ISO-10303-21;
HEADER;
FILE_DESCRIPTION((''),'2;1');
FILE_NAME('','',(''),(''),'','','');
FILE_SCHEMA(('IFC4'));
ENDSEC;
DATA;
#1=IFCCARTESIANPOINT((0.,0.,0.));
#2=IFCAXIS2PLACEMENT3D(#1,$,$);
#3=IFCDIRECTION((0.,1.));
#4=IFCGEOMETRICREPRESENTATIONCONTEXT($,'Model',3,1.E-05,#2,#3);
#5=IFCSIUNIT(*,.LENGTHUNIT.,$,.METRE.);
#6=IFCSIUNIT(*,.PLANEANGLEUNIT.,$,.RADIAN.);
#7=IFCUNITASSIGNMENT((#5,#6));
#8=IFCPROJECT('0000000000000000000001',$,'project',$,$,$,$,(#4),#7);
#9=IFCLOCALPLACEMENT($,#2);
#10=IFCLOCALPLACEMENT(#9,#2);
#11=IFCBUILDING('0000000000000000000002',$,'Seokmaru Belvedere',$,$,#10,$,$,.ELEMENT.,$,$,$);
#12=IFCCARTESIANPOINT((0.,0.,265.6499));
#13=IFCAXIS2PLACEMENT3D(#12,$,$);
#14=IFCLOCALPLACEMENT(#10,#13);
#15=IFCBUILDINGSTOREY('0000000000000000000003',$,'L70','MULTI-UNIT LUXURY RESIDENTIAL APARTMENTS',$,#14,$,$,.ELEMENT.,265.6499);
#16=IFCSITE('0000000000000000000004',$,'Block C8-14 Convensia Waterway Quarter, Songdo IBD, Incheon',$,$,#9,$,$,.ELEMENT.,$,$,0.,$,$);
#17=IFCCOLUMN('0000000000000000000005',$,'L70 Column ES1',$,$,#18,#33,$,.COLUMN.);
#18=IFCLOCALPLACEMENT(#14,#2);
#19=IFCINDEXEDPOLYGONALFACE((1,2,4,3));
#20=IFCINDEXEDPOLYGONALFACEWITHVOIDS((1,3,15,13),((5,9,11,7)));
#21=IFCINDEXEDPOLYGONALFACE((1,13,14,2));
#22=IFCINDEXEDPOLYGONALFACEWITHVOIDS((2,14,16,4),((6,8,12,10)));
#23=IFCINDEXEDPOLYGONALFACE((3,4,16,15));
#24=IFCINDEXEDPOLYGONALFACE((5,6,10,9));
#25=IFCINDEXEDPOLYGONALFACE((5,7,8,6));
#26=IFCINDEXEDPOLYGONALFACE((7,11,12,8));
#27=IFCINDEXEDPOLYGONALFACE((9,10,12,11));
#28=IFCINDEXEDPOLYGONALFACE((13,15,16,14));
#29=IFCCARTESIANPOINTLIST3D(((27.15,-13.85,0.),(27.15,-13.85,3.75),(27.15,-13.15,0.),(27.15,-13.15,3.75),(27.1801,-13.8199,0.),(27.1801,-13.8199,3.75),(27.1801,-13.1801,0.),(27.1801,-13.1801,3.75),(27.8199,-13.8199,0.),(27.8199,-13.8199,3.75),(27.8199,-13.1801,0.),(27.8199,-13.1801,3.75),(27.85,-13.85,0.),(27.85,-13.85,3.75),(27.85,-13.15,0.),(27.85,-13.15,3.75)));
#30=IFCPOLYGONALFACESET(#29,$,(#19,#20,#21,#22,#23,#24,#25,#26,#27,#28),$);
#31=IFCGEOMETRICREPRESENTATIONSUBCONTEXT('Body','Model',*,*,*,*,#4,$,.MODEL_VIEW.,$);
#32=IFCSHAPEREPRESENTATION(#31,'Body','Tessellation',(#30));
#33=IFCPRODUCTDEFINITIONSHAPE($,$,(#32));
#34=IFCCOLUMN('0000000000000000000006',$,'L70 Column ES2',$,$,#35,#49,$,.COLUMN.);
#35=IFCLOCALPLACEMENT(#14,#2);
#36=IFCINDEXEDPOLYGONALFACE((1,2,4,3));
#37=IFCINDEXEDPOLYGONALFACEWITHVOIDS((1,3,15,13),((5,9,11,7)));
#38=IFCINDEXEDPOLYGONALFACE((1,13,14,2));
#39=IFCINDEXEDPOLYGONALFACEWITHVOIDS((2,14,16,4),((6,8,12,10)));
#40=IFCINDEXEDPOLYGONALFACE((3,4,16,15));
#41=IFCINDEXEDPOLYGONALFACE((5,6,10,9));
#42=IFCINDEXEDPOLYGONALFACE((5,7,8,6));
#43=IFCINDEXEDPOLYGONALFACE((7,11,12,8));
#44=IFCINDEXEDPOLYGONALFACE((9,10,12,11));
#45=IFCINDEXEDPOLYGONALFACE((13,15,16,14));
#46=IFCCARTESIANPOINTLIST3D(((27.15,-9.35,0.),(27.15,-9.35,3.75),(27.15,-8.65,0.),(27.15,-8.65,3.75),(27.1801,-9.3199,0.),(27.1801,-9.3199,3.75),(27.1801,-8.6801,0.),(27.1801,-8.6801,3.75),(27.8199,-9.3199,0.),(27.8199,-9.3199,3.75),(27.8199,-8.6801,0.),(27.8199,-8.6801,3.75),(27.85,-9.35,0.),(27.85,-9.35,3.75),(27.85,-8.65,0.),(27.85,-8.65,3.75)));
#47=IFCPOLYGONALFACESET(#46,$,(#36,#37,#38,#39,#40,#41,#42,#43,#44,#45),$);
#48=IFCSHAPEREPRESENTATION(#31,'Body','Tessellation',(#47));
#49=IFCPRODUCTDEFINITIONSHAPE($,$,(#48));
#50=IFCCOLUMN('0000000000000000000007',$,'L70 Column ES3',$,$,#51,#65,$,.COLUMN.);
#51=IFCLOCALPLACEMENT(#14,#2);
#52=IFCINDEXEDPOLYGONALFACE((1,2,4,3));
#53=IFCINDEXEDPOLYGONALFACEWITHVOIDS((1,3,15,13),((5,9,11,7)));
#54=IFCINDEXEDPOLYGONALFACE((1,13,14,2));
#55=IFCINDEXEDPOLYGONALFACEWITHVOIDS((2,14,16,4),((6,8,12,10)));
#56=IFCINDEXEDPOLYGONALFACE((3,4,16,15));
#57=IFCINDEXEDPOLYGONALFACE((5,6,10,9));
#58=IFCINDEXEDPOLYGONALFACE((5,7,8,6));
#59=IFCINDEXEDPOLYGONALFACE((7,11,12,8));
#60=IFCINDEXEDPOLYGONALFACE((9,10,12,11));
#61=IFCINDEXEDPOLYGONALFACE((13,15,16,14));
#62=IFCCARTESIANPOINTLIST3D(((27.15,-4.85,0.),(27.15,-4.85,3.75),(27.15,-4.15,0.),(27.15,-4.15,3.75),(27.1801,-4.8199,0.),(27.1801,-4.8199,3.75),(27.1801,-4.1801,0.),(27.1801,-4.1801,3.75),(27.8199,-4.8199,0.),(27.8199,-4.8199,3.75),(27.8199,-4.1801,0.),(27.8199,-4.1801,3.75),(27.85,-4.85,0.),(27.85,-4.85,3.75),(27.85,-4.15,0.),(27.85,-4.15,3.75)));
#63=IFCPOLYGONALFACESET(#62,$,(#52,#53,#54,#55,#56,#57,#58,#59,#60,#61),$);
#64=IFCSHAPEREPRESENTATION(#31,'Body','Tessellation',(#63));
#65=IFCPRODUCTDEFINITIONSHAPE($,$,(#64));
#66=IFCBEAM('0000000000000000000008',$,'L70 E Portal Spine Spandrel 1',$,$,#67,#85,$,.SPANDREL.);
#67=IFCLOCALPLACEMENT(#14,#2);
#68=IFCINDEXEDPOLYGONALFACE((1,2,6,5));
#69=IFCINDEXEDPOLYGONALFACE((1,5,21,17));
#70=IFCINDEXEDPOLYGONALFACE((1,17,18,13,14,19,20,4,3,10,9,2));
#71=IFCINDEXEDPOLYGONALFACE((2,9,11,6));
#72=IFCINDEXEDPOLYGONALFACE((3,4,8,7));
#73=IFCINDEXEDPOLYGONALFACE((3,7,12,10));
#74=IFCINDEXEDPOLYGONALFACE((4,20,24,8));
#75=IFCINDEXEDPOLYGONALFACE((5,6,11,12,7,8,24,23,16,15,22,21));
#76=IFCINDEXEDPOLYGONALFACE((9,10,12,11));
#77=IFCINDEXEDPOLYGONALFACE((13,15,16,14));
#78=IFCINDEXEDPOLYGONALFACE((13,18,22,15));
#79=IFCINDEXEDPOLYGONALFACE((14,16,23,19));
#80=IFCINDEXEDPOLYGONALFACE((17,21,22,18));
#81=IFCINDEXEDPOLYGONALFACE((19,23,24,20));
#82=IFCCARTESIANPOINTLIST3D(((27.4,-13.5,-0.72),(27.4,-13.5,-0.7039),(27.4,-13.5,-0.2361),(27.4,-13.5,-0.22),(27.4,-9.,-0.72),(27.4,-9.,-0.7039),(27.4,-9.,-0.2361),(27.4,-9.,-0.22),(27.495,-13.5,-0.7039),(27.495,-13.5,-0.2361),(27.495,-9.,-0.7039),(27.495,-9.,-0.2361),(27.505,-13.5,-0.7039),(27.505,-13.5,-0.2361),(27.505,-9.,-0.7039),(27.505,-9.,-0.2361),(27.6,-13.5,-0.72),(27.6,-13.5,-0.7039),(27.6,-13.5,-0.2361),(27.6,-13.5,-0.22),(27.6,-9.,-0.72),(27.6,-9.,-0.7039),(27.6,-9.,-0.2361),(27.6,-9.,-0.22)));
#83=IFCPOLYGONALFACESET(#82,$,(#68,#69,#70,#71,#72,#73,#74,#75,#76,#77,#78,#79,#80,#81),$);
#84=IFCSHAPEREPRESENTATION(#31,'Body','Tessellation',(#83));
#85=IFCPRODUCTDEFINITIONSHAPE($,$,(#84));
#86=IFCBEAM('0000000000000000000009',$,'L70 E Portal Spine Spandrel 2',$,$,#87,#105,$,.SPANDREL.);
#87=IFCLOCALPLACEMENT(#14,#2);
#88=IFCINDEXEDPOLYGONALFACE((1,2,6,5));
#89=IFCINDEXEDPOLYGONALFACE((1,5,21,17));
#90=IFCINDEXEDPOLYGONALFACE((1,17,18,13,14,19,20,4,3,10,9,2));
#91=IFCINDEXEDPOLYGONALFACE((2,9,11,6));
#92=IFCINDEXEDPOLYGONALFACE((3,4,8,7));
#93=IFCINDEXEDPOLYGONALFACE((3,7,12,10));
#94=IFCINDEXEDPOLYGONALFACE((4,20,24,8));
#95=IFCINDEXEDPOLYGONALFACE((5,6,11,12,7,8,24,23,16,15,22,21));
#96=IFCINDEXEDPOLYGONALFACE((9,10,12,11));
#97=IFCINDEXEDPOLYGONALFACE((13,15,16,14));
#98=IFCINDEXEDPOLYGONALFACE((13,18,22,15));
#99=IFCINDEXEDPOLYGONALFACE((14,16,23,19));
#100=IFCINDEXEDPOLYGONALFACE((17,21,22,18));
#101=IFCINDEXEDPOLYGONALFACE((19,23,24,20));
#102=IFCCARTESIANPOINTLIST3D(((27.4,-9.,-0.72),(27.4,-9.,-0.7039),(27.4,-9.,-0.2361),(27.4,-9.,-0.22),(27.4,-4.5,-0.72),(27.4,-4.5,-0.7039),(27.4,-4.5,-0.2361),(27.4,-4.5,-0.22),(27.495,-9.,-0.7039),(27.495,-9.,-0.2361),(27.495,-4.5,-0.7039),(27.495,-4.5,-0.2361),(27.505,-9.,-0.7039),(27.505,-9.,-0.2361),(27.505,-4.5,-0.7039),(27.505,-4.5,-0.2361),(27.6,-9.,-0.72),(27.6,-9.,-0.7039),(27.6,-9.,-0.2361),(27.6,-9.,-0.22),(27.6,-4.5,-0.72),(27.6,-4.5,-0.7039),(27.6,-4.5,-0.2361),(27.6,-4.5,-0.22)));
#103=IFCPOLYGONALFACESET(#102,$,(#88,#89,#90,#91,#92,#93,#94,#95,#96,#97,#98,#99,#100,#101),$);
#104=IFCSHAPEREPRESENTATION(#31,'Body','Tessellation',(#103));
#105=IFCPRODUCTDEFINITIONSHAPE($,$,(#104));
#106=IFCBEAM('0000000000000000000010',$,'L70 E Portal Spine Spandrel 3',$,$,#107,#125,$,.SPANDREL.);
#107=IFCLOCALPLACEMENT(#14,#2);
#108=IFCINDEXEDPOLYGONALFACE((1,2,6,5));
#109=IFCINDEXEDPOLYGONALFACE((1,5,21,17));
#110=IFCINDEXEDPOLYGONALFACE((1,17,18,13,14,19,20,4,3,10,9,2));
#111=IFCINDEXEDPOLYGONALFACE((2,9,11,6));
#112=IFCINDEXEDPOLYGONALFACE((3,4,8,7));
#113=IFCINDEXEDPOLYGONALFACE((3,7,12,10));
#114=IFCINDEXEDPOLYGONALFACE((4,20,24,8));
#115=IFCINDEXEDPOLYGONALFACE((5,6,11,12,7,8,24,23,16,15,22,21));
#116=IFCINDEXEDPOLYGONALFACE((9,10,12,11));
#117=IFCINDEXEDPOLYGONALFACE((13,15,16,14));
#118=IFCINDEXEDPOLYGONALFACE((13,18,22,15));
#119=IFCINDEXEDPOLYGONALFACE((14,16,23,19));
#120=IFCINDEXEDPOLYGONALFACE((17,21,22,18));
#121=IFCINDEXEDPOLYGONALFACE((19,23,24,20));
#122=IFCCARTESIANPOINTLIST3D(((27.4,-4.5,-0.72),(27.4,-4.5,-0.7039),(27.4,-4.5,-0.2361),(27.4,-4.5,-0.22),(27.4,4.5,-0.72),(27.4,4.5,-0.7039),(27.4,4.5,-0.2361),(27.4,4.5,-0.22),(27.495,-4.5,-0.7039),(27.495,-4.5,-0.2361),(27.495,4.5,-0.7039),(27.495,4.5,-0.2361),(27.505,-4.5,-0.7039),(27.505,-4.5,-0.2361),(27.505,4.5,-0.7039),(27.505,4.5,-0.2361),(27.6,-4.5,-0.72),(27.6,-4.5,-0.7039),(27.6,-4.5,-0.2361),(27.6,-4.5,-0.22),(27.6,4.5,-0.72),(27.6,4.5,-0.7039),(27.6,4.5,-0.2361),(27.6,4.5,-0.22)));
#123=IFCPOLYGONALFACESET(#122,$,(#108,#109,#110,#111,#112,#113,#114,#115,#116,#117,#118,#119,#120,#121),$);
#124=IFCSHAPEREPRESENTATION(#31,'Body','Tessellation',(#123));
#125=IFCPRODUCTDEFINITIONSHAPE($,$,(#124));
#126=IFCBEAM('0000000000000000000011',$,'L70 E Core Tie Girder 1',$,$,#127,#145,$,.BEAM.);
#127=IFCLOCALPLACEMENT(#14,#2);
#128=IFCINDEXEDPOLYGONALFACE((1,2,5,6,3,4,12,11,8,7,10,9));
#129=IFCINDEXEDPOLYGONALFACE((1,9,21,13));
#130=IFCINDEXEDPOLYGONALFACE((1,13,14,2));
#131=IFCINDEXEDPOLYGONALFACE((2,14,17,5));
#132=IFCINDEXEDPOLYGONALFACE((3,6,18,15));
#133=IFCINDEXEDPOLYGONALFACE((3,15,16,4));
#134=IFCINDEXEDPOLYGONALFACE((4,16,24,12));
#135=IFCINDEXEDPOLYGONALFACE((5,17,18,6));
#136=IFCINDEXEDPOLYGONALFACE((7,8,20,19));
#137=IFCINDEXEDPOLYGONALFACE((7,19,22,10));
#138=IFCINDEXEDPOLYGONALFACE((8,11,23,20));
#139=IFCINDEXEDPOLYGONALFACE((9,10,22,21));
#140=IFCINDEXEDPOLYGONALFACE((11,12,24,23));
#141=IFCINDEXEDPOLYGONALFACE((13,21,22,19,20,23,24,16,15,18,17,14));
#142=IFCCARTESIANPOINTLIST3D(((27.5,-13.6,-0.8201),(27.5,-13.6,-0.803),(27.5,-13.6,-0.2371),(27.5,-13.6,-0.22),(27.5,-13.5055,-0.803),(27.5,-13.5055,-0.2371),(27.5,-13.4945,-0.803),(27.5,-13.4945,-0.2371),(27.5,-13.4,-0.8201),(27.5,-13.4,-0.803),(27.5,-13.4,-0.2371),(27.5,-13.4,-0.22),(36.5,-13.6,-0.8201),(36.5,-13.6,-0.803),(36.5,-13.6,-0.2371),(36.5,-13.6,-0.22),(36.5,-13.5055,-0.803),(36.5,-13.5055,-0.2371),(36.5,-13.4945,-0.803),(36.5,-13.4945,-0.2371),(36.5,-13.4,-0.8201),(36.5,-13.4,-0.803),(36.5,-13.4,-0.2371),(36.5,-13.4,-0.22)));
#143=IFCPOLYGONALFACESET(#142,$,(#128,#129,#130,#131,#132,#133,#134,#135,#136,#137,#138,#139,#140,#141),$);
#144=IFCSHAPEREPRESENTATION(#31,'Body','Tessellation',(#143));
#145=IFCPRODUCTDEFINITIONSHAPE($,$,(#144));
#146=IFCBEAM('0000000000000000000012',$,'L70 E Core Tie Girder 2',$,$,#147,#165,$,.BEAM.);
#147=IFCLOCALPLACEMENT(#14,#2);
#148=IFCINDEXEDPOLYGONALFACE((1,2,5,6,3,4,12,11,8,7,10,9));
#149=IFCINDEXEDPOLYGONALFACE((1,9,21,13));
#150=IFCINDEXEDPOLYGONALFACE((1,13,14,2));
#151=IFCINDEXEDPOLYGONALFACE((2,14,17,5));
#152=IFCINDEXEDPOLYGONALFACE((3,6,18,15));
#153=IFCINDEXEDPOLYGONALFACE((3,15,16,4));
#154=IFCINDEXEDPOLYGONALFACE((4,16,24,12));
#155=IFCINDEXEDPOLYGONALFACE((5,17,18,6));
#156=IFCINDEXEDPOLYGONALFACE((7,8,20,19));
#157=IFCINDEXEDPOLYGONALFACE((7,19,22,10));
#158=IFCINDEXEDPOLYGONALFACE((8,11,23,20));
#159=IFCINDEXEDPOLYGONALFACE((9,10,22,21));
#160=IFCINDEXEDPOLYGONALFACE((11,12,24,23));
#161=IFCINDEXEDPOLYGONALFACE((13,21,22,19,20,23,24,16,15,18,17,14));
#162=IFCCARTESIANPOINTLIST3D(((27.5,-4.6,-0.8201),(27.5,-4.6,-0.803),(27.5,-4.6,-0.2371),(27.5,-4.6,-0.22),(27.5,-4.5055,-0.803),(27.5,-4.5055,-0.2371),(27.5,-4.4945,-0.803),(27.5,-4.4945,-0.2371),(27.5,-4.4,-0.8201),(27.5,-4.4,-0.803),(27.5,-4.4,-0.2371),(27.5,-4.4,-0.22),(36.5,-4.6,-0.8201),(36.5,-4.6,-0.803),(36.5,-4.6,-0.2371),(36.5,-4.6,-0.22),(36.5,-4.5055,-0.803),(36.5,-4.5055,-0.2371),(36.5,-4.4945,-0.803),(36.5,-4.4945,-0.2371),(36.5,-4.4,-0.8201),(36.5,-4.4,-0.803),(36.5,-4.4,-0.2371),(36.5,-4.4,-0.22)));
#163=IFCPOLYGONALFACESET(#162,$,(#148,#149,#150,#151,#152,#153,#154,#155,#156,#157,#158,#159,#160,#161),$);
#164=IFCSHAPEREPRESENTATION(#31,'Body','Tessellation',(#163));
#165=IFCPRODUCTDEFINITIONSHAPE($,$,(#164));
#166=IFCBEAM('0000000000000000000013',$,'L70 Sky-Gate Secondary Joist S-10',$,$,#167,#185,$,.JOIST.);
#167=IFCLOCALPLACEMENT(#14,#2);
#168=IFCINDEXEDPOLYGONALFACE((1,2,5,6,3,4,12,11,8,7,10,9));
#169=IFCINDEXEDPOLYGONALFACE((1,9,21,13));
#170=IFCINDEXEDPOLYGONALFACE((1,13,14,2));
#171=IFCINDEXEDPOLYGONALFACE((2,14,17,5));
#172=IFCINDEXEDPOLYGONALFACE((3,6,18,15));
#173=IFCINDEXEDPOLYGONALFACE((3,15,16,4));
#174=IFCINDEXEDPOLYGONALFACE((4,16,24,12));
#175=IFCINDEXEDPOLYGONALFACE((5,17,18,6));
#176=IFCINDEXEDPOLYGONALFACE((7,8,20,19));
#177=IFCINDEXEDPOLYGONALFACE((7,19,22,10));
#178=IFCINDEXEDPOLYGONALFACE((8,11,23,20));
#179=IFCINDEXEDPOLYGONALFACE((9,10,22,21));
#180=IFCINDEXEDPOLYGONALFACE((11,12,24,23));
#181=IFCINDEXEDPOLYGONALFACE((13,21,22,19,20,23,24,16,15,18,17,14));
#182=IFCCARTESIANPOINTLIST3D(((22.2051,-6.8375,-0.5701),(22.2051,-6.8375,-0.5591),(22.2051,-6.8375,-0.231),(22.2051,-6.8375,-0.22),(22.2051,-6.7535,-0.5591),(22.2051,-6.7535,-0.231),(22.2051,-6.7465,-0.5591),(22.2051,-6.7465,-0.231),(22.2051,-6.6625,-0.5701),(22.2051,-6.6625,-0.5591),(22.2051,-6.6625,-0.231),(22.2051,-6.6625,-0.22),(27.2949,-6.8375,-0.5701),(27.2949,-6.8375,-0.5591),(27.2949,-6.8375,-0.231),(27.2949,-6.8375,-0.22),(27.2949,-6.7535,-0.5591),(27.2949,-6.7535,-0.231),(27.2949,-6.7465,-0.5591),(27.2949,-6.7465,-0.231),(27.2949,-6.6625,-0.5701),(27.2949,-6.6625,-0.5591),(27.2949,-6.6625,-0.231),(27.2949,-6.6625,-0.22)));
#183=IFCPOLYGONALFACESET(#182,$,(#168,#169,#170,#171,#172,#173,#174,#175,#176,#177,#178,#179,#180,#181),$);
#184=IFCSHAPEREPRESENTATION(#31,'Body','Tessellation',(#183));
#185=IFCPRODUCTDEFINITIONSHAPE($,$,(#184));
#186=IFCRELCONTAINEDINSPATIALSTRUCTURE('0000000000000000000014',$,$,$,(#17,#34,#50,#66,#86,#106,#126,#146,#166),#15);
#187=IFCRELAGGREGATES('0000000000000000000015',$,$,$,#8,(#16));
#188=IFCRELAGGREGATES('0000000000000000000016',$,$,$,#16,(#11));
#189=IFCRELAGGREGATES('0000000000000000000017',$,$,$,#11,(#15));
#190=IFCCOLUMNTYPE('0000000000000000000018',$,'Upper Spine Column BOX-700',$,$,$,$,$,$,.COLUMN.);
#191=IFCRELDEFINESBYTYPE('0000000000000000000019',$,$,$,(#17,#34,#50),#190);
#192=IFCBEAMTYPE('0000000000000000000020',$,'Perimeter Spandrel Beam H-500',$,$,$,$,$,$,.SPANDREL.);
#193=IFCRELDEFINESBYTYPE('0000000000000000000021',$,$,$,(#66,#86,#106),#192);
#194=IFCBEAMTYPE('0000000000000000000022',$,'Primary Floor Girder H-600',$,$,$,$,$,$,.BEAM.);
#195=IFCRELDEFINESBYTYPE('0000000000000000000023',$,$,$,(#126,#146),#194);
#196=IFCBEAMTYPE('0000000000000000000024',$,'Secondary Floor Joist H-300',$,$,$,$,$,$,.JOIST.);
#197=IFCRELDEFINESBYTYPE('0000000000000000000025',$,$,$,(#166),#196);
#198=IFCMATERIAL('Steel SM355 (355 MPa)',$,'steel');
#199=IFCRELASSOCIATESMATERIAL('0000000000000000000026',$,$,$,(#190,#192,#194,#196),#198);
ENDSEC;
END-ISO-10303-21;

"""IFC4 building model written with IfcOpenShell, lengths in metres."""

from ifc_helpers import new_model, si_unit, direction, frame, origin, origin_2d, place, context, subcontext, project, spatial, hollow_rectangle, i_section, extrude, source, transform, mapped, material, material_profile, profile_set, type_object, type_shapes, element, save


model = new_model("IFC4")

# Units and contexts
model_context = context("Model", 3, precision=1e-05, world=origin(), true_north=direction((0.0, 1.0)))
body_context = subcontext(model_context, "Body", "Model", "MODEL_VIEW")
ifc_project = project(units=[si_unit("LENGTHUNIT", "METRE"), si_unit("PLANEANGLEUNIT", "RADIAN")], contexts=[model_context])

# Site, building, storey
site_placement = place(None, origin())
site = spatial("IfcSite", under=ifc_project, at=site_placement, Name="Block C8-14 Convensia Waterway Quarter, Songdo IBD, Incheon", CompositionType="ELEMENT", RefElevation=0.0)
building_placement = place(site_placement, origin())
building = spatial("IfcBuilding", under=site, at=building_placement, Name="Seokmaru Belvedere", CompositionType="ELEMENT")
storey_placement = place(building_placement, frame((0.0, 0.0, 265.6499)))
storey = spatial("IfcBuildingStorey", under=building, at=storey_placement, Name="L70", Description="MULTI-UNIT LUXURY RESIDENTIAL APARTMENTS", CompositionType="ELEMENT", Elevation=265.6499)

# Columns
ifc_material_1 = material(Name="Steel SM355 (355 MPa)", Category="steel")
ifc_material_profile_1 = material_profile(ifc_material_1, hollow_rectangle(XDim=0.7, YDim=0.7, WallThickness=0.03, at=origin_2d()), Name="BOX-700x700x30")
ifc_profile_set_1 = profile_set([ifc_material_profile_1], Name="Steel SM355 (355 MPa)")
column_type = type_object("IfcColumnType", Name="Upper Spine Column BOX-700", PredefinedType="COLUMN", material=ifc_profile_set_1)
shared_shape_1 = source(origin(), body_context, "Body", "SweptSolid", [
    extrude(hollow_rectangle(XDim=0.7, YDim=0.7, WallThickness=0.03, at=origin_2d()), origin(), (0.0, 0.0, 1.0), 3.75),
])
type_shapes(column_type, [shared_shape_1])
for number, where, z_axis, x_axis, name in (
    (1, (27.5, -13.5, 0.0), (0.0, 0.0, 1.0), (1.0, 0.0, 0.0), "L70 Column ES1"),
    (2, (27.5, -9.0, 0.0), (0.0, 0.0, 1.0), (1.0, 0.0, 0.0), "L70 Column ES2"),
    (3, (27.5, -4.5, 0.0), (0.0, 0.0, 1.0), (1.0, 0.0, 0.0), "L70 Column ES3"),
):
    element("IfcColumn", number, at=place(storey_placement, frame(where, z_axis=z_axis, x_axis=x_axis)), inside=storey, type_object=column_type, Name=name, PredefinedType="COLUMN", context=body_context, shape_type="MappedRepresentation", body=[
        mapped(shared_shape_1, transform((0.0, 0.0, 0.0), scale=1.0)),
    ])

# Beams
ifc_material_profile_2 = material_profile(ifc_material_1, i_section(OverallWidth=0.2, OverallDepth=0.5, WebThickness=0.01, FlangeThickness=0.0161, at=origin_2d()), Name="H-500x200x10x16")
ifc_profile_set_2 = profile_set([ifc_material_profile_2], Name="Steel SM355 (355 MPa)")
beam_type_1 = type_object("IfcBeamType", Name="Perimeter Spandrel Beam H-500", PredefinedType="SPANDREL", material=ifc_profile_set_2)
shared_shape_2 = source(origin(), body_context, "Body", "SweptSolid", [
    extrude(i_section(OverallWidth=0.2, OverallDepth=0.5, WebThickness=0.01, FlangeThickness=0.0161, at=origin_2d()), origin(), (0.0, 0.0, 1.0), 4.5),
])
for number, where, z_axis, x_axis, name in (
    (4, (27.5, -13.5, -0.47), (0.0, 1.0, 0.0), (-1.0, 0.0, 0.0), "L70 E Portal Spine Spandrel 1"),
    (5, (27.5, -9.0, -0.47), (0.0, 1.0, 0.0), (-1.0, 0.0, 0.0), "L70 E Portal Spine Spandrel 2"),
):
    element("IfcBeam", number, at=place(storey_placement, frame(where, z_axis=z_axis, x_axis=x_axis)), inside=storey, type_object=beam_type_1, Name=name, PredefinedType="SPANDREL", context=body_context, shape_type="MappedRepresentation", body=[
        mapped(shared_shape_2, transform((0.0, 0.0, 0.0), scale=1.0)),
    ])
shared_shape_3 = source(origin(), body_context, "Body", "SweptSolid", [
    extrude(i_section(OverallWidth=0.2, OverallDepth=0.5, WebThickness=0.01, FlangeThickness=0.0161, at=origin_2d()), origin(), (0.0, 0.0, 1.0), 9.0),
])
type_shapes(beam_type_1, [shared_shape_2, shared_shape_3])
beam_1_placement = place(storey_placement, frame((27.5, -4.5, -0.47), z_axis=(0.0, 1.0, 0.0), x_axis=(-1.0, 0.0, 0.0)))
element("IfcBeam", 6, at=beam_1_placement, inside=storey, type_object=beam_type_1, Name="L70 E Portal Spine Spandrel 3", PredefinedType="SPANDREL", context=body_context, shape_type="MappedRepresentation", body=[
    mapped(shared_shape_3, transform((0.0, 0.0, 0.0), scale=1.0)),
])
ifc_material_profile_3 = material_profile(ifc_material_1, i_section(OverallWidth=0.2, OverallDepth=0.6001, WebThickness=0.011, FlangeThickness=0.0171, at=origin_2d()), Name="H-600x200x11x17")
ifc_profile_set_3 = profile_set([ifc_material_profile_3], Name="Steel SM355 (355 MPa)")
beam_type_2 = type_object("IfcBeamType", Name="Primary Floor Girder H-600", PredefinedType="BEAM", material=ifc_profile_set_3)
shared_shape_4 = source(origin(), body_context, "Body", "SweptSolid", [
    extrude(i_section(OverallWidth=0.2, OverallDepth=0.6001, WebThickness=0.011, FlangeThickness=0.0171, at=origin_2d()), origin(), (0.0, 0.0, 1.0), 9.0),
])
type_shapes(beam_type_2, [shared_shape_4])
for number, where, z_axis, x_axis, name in (
    (7, (27.5, -13.5, -0.52), (1.0, 0.0, 0.0), (0.0, 1.0, 0.0), "L70 E Core Tie Girder 1"),
    (8, (27.5, -4.5, -0.52), (1.0, 0.0, 0.0), (0.0, 1.0, 0.0), "L70 E Core Tie Girder 2"),
):
    element("IfcBeam", number, at=place(storey_placement, frame(where, z_axis=z_axis, x_axis=x_axis)), inside=storey, type_object=beam_type_2, Name=name, PredefinedType="BEAM", context=body_context, shape_type="MappedRepresentation", body=[
        mapped(shared_shape_4, transform((0.0, 0.0, 0.0), scale=1.0)),
    ])
ifc_material_profile_4 = material_profile(ifc_material_1, i_section(OverallWidth=0.175, OverallDepth=0.3501, WebThickness=0.0071, FlangeThickness=0.011, at=origin_2d()), Name="H-350x175x7x11")
ifc_profile_set_4 = profile_set([ifc_material_profile_4], Name="Steel SM355 (355 MPa)")
beam_type_3 = type_object("IfcBeamType", Name="Secondary Floor Joist H-300", PredefinedType="JOIST", material=ifc_profile_set_4)
shared_shape_5 = source(origin(), body_context, "Body", "SweptSolid", [
    extrude(i_section(OverallWidth=0.175, OverallDepth=0.3501, WebThickness=0.0071, FlangeThickness=0.011, at=origin_2d()), origin(), (0.0, 0.0, 1.0), 5.0898),
])
type_shapes(beam_type_3, [shared_shape_5])
beam_2_placement = place(storey_placement, frame((22.2051, -6.75, -0.395), z_axis=(1.0, 0.0, 0.0), x_axis=(0.0, 1.0, 0.0)))
element("IfcBeam", 9, at=beam_2_placement, inside=storey, type_object=beam_type_3, Name="L70 Sky-Gate Secondary Joist S-10", PredefinedType="JOIST", context=body_context, shape_type="MappedRepresentation", body=[
    mapped(shared_shape_5, transform((0.0, 0.0, 0.0), scale=1.0)),
])

save(model, "model.ifc")
